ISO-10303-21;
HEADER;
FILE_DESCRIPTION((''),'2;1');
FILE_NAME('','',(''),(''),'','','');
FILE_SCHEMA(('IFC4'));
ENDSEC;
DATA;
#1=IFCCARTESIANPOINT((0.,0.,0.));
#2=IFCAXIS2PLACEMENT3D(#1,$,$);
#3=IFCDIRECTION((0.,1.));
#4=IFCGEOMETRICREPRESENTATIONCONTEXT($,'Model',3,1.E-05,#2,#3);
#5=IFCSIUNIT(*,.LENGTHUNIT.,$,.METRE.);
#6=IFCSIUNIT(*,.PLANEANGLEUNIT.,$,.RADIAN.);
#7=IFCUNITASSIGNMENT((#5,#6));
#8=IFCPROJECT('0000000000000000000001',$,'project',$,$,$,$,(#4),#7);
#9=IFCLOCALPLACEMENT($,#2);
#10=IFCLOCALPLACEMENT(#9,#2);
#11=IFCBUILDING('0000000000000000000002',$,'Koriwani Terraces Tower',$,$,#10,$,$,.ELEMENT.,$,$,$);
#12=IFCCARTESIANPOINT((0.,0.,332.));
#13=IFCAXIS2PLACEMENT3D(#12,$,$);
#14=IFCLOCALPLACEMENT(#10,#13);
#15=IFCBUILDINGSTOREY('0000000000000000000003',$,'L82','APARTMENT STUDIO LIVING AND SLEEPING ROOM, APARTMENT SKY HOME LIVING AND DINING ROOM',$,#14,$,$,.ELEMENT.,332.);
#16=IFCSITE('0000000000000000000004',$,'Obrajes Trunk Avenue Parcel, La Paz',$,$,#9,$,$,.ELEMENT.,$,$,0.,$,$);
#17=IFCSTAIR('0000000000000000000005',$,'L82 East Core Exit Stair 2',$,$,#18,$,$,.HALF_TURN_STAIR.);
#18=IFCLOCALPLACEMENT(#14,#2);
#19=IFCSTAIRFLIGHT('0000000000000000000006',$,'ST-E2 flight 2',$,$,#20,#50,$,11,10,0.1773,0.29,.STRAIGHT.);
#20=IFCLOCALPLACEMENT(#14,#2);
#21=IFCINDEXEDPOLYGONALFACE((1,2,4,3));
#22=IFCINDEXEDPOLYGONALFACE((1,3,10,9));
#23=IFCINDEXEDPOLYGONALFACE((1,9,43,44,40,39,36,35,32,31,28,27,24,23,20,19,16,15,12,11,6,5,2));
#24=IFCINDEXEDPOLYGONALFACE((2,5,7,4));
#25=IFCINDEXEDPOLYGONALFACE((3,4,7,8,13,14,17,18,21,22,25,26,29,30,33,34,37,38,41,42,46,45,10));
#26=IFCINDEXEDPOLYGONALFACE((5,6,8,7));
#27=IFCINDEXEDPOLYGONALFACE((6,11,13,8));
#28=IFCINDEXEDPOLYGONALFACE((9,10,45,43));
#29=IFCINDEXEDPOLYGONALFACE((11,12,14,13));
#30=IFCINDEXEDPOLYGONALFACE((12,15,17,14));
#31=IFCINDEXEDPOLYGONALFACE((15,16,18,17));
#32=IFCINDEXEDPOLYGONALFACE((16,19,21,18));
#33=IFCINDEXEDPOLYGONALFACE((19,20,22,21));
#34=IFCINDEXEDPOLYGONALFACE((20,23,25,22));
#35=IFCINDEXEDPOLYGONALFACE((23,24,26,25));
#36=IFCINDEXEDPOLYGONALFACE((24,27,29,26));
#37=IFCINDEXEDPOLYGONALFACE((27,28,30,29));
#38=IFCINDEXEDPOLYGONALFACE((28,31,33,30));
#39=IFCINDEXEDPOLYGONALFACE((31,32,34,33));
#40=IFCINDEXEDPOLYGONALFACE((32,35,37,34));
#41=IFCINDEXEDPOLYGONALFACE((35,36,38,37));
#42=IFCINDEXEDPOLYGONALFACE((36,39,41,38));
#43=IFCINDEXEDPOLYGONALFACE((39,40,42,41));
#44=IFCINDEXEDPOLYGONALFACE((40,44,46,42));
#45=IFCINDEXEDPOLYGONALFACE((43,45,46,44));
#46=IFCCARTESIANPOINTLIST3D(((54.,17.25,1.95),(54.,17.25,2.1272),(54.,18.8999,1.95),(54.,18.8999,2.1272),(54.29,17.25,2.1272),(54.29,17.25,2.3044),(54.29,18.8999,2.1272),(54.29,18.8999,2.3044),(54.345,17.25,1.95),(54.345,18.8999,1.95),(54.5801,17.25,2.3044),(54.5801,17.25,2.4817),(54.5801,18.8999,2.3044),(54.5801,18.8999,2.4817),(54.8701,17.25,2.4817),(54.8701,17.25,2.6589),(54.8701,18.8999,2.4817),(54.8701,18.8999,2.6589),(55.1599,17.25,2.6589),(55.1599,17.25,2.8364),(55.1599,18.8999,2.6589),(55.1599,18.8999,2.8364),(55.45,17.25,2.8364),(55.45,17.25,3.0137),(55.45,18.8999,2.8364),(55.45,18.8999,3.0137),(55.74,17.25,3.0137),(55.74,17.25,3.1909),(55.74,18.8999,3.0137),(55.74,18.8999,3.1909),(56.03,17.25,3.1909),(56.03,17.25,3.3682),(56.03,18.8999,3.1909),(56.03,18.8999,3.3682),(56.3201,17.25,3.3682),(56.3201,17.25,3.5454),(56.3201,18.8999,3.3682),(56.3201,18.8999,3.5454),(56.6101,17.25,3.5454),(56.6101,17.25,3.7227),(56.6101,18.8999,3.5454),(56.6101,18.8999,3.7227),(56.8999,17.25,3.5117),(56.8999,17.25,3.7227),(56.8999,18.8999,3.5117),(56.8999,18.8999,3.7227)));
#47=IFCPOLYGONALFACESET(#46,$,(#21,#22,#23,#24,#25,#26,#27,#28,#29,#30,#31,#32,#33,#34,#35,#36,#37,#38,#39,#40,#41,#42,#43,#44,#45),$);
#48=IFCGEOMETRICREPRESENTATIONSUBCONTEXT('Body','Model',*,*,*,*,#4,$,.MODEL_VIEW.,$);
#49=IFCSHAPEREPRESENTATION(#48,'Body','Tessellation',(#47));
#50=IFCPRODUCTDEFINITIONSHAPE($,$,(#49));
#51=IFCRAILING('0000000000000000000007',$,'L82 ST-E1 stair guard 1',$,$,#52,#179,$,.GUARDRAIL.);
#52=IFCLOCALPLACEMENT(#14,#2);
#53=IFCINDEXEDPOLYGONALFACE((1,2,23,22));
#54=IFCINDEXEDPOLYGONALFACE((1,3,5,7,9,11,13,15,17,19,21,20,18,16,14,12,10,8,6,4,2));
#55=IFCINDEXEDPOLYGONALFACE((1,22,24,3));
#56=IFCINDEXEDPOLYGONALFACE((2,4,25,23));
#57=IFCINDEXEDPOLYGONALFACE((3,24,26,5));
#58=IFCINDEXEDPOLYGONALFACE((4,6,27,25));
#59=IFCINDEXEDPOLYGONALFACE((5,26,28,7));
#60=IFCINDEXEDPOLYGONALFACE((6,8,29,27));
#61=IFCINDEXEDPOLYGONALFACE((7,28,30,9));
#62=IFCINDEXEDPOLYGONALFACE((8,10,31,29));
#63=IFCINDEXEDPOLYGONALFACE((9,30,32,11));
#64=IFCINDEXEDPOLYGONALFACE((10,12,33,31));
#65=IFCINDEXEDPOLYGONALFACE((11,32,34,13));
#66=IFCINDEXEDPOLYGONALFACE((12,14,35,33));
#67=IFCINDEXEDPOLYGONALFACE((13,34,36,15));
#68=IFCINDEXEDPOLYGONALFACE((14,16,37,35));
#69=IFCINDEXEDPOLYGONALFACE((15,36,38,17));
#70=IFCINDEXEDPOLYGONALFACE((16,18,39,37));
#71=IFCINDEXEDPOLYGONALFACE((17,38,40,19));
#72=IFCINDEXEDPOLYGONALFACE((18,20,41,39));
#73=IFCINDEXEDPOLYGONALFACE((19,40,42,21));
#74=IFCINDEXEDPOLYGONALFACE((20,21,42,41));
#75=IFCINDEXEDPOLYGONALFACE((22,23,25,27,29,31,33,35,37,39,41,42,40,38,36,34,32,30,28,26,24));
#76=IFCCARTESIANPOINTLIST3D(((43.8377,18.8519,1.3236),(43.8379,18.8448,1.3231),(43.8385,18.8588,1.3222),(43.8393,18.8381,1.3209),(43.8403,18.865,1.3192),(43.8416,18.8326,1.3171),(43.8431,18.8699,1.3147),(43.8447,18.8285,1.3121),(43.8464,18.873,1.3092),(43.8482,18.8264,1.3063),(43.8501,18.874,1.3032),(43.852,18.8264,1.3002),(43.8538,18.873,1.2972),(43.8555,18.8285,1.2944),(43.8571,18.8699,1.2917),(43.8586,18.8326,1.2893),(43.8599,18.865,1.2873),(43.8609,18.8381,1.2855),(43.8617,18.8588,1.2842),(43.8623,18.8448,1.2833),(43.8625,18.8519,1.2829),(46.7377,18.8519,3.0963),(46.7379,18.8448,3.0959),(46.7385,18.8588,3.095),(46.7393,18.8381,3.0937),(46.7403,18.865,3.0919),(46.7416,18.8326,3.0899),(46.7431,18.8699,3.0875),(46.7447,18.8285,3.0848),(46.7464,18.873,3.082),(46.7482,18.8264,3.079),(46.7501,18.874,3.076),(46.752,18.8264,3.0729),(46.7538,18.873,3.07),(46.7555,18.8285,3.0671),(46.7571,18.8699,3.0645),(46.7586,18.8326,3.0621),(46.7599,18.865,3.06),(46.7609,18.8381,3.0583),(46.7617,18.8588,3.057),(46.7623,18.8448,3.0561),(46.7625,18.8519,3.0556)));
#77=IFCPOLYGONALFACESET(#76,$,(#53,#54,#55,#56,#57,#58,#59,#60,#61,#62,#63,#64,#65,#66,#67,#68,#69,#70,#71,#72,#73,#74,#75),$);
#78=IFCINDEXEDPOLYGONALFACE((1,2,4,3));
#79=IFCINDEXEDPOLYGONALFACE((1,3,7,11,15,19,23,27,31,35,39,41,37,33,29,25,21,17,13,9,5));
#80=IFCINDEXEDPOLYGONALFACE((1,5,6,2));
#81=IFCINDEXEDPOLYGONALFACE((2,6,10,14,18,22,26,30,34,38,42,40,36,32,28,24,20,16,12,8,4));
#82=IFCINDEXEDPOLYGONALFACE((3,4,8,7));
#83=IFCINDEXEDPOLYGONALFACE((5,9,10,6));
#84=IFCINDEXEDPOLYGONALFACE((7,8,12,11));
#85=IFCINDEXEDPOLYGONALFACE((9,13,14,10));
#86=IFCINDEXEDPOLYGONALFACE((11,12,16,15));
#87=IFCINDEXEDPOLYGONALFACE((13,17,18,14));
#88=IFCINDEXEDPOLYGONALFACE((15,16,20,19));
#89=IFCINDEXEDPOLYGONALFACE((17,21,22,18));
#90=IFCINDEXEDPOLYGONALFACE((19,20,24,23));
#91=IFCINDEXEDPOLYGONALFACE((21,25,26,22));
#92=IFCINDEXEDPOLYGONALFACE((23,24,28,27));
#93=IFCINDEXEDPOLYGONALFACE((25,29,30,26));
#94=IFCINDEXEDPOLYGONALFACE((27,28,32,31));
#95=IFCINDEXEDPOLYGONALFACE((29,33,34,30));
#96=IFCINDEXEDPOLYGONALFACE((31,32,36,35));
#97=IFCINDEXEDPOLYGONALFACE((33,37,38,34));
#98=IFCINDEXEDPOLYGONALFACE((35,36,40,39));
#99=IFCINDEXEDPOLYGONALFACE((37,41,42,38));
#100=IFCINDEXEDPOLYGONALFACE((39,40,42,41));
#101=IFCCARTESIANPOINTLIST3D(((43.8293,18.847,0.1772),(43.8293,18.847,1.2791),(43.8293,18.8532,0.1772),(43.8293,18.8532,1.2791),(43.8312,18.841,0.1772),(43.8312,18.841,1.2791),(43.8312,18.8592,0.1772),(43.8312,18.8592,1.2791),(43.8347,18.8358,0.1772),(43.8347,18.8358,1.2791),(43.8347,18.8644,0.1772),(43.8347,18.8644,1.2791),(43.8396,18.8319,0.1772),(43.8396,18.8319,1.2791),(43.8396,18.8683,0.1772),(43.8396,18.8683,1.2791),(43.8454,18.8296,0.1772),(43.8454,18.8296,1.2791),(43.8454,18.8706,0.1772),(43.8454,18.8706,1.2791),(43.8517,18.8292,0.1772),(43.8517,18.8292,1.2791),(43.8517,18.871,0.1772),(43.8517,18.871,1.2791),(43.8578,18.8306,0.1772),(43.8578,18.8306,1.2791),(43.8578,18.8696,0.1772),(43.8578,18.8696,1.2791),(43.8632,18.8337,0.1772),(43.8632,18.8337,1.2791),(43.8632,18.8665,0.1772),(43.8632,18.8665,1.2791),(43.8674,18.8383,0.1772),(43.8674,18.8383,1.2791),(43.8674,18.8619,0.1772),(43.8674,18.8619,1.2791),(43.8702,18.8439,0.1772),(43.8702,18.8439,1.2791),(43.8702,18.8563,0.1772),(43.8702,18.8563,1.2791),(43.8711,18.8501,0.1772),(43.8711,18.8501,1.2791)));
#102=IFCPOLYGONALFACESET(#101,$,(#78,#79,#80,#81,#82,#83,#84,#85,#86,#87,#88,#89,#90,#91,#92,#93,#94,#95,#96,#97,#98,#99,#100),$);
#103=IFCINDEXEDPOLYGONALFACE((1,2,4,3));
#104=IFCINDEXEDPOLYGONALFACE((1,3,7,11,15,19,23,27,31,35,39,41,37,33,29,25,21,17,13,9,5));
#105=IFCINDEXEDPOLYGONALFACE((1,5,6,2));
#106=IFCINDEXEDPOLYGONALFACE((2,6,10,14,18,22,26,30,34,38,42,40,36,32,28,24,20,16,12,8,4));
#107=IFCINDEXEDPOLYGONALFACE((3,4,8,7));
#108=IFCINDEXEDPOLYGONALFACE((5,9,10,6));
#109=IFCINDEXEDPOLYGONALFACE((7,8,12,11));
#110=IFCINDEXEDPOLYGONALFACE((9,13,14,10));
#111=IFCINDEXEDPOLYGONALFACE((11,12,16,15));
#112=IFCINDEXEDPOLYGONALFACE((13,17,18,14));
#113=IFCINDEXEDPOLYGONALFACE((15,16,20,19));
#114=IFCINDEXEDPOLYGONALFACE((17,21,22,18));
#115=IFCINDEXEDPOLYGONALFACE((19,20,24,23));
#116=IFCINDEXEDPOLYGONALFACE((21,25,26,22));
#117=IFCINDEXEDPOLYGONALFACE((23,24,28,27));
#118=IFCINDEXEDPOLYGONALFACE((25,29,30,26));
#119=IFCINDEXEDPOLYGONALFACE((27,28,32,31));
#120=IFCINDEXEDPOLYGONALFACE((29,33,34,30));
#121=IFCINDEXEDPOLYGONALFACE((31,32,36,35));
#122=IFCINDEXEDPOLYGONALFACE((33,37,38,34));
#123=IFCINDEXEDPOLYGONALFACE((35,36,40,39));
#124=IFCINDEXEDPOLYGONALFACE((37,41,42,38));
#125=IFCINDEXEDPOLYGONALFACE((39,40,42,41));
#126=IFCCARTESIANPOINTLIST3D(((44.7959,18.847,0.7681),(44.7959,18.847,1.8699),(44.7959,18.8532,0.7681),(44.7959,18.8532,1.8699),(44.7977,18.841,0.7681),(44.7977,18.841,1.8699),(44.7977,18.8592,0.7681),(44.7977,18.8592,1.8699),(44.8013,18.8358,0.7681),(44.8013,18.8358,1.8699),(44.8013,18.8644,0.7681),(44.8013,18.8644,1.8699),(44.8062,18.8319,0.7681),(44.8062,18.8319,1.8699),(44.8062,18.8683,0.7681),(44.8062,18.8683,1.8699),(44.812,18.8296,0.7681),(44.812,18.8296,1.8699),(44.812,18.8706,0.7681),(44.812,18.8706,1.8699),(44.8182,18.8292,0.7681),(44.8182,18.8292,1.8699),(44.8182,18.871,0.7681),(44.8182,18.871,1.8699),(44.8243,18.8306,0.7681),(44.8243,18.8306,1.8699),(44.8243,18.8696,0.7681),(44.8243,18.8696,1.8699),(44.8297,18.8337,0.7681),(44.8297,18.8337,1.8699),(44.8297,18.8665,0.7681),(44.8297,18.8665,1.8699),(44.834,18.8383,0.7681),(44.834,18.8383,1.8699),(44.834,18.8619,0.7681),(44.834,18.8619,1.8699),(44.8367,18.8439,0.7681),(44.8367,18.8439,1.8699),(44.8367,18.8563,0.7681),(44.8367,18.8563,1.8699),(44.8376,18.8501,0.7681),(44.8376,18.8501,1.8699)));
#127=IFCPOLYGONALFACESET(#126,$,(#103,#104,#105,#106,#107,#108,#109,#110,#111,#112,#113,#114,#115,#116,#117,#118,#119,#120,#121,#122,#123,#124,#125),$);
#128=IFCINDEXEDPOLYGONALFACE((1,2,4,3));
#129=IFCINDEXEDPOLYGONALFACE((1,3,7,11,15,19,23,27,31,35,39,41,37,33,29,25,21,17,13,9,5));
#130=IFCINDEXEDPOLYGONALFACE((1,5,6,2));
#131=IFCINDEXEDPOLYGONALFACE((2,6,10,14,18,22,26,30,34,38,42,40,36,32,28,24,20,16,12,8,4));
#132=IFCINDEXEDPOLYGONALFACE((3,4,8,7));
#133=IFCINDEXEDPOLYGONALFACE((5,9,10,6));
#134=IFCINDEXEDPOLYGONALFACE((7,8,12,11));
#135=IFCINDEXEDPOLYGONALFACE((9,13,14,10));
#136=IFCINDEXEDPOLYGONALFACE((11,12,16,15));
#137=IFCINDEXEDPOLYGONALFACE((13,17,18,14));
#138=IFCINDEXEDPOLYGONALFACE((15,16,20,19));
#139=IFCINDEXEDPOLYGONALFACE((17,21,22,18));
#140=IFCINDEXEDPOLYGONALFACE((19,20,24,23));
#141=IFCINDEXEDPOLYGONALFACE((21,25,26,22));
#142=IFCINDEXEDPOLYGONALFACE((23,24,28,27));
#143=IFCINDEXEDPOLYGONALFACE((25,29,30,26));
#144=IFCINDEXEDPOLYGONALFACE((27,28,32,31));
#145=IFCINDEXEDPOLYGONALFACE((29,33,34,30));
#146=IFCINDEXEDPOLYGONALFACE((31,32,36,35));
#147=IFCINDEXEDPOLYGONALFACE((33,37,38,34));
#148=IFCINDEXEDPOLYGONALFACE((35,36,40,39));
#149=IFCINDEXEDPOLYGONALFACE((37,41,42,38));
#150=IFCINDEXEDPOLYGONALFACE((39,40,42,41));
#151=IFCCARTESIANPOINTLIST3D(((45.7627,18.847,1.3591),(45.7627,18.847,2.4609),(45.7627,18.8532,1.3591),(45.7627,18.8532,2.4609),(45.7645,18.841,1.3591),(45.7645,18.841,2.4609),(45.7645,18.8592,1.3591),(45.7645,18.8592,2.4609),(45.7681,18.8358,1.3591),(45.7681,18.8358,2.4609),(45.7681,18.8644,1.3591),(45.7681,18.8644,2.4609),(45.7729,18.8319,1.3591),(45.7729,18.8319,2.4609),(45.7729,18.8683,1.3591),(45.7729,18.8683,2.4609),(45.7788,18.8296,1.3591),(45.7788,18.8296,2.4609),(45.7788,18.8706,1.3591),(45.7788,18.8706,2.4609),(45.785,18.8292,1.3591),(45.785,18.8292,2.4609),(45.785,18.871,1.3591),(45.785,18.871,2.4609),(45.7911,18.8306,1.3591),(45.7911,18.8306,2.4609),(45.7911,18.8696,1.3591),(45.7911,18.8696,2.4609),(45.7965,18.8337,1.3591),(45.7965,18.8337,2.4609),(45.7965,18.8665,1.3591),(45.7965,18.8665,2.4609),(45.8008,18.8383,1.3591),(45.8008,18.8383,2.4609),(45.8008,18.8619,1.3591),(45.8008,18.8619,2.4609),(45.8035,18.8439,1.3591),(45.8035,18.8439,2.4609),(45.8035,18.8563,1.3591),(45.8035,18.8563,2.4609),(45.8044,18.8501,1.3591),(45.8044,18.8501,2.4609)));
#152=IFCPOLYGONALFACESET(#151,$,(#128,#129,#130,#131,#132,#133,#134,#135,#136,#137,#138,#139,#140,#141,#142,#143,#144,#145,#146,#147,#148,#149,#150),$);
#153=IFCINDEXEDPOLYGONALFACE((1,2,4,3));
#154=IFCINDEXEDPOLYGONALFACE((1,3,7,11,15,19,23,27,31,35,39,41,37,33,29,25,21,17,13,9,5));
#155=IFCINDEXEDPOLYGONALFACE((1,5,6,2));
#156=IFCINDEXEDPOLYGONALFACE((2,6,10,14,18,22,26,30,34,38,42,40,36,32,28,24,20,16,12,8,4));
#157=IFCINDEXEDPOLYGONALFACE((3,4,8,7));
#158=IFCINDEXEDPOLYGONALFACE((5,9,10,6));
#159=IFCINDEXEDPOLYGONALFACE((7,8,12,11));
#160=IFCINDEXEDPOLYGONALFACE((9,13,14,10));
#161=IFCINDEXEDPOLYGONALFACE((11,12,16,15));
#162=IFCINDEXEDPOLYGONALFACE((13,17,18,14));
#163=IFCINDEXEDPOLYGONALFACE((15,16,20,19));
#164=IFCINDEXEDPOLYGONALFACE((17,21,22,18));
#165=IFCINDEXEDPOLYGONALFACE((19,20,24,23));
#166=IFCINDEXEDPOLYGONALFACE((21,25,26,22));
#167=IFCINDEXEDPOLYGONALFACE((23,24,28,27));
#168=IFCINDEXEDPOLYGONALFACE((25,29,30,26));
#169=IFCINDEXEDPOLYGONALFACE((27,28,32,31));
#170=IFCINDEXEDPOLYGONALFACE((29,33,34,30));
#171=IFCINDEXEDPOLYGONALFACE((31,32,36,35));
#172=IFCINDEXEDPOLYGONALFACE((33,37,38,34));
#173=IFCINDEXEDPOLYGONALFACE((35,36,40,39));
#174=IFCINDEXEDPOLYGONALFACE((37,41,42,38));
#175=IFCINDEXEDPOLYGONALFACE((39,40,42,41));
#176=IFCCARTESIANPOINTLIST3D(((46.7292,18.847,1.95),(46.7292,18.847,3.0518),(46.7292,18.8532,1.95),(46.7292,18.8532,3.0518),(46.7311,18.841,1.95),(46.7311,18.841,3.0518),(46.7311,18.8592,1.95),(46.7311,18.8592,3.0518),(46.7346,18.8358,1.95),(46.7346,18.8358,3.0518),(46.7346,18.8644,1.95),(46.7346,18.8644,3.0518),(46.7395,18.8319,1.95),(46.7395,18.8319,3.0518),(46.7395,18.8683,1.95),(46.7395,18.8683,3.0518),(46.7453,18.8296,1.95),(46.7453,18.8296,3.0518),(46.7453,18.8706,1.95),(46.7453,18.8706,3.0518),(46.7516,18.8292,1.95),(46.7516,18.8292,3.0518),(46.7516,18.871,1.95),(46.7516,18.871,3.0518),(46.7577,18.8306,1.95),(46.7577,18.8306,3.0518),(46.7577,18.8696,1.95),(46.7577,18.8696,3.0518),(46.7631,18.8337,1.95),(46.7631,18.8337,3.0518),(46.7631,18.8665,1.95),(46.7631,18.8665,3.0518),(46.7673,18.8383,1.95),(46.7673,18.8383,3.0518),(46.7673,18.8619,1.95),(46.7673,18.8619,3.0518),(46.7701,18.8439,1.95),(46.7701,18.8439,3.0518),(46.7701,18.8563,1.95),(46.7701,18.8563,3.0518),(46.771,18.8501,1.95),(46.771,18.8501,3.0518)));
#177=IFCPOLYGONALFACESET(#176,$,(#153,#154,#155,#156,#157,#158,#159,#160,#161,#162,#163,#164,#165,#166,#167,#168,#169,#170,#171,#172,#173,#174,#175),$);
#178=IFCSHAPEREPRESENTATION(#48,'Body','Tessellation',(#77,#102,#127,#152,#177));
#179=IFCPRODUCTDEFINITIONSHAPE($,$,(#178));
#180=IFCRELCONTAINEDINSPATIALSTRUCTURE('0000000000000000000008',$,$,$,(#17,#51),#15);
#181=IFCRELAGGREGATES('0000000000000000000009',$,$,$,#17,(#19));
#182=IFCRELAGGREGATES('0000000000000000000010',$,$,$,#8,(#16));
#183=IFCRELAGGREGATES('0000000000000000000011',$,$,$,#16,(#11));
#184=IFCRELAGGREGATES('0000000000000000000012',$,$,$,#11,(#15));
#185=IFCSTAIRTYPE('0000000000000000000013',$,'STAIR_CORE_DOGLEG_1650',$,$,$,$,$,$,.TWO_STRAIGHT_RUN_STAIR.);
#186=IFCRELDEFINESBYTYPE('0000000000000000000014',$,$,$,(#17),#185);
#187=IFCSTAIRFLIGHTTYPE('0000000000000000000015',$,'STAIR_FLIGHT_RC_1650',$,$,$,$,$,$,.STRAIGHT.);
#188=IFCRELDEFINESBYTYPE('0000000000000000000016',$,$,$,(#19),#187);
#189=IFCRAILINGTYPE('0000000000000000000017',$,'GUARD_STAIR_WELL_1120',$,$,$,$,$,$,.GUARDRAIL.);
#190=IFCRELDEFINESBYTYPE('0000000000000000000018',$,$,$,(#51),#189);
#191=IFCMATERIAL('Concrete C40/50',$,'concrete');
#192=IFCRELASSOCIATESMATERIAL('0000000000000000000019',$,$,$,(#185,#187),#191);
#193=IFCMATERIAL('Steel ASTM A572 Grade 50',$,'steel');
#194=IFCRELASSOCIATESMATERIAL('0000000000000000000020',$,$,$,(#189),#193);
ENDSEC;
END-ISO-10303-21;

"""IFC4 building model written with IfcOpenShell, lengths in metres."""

from ifc_helpers import new_model, si_unit, direction, frame, origin, origin_2d, place, context, subcontext, project, spatial, polyline, circle, outline, extrude, material, type_object, element, aggregate, save


model = new_model("IFC4")

# Units and contexts
model_context = context("Model", 3, precision=1e-05, world=origin(), true_north=direction((0.0, 1.0)))
body_context = subcontext(model_context, "Body", "Model", "MODEL_VIEW")
ifc_project = project(units=[si_unit("LENGTHUNIT", "METRE"), si_unit("PLANEANGLEUNIT", "RADIAN")], contexts=[model_context])

# Site, building, storey
site_placement = place(None, origin())
site = spatial("IfcSite", under=ifc_project, at=site_placement, Name="Obrajes Trunk Avenue Parcel, La Paz", CompositionType="ELEMENT", RefElevation=0.0)
building_placement = place(site_placement, origin())
building = spatial("IfcBuilding", under=site, at=building_placement, Name="Koriwani Terraces Tower", CompositionType="ELEMENT")
storey_placement = place(building_placement, frame((0.0, 0.0, 332.0)))
storey = spatial("IfcBuildingStorey", under=building, at=storey_placement, Name="L82", Description="APARTMENT STUDIO LIVING AND SLEEPING ROOM, APARTMENT SKY HOME LIVING AND DINING ROOM", CompositionType="ELEMENT", Elevation=332.0)

# Shared definitions
ifc_material_1 = material(Name="Steel ASTM A572 Grade 50", Category="steel")

# Stair, stair flight
ifc_material_2 = material(Name="Concrete C40/50", Category="concrete")
stair_type = type_object("IfcStairType", Name="STAIR_CORE_DOGLEG_1650", PredefinedType="TWO_STRAIGHT_RUN_STAIR", material=ifc_material_2)
stair_flight_type = type_object("IfcStairFlightType", Name="STAIR_FLIGHT_RC_1650", PredefinedType="STRAIGHT", material=ifc_material_2)
stair_1_placement = place(storey_placement, origin())
stair_1 = element("IfcStair", 1, at=stair_1_placement, inside=storey, type_object=stair_type, Name="L82 East Core Exit Stair 2", PredefinedType="HALF_TURN_STAIR")
stair_flight_1_placement = place(storey_placement, frame((54.0, 18.075, 1.95), z_axis=(0.0, 0.0, 1.0), x_axis=(1.0, 0.0, 0.0)))
stair_flight_1 = element("IfcStairFlight", 2, at=stair_flight_1_placement, type_object=stair_flight_type, Name="ST-E2 flight 2", NumberOfRisers=11, NumberOfTreads=10, PredefinedType="STRAIGHT", RiserHeight=0.1773, TreadLength=0.29, context=body_context, shape_type="SweptSolid", body=[
    extrude(outline(polyline([(0.0, 0.0), (0.0, 0.1772), (0.29, 0.1772), (0.29, 0.3545), (0.5801, 0.3545), (0.5801, 0.5317), (0.8701, 0.5317), (0.8701, 0.709), (1.1599, 0.709), (1.1599, 0.8865), (1.45, 0.8865), (1.45, 1.0637), (1.74, 1.0637), (1.74, 1.241), (2.03, 1.241), (2.03, 1.4182), (2.3201, 1.4182), (2.3201, 1.5955), (2.6101, 1.5955), (2.6101, 1.7727), (2.8999, 1.7727), (2.8999, 1.95), (2.8999, 1.5618), (0.345, 0.0), (0.0, 0.0)])), frame((0.0, 0.825, 0.0), z_axis=(0.0, -1.0, 0.0), x_axis=(1.0, 0.0, 0.0)), (0.0, 0.0, 1.0), 1.6499),
])
aggregate(stair_1, [stair_flight_1])

# Railing
railing_type_1 = type_object("IfcRailingType", Name="GUARD_STAIR_WELL_1120", PredefinedType="GUARDRAIL", material=ifc_material_1)
railing_1_placement = place(storey_placement, frame((43.8501, 18.8501, 0.1772)))
element("IfcRailing", 3, at=railing_1_placement, inside=storey, type_object=railing_type_1, Name="L82 ST-E1 stair guard 1", PredefinedType="GUARDRAIL", context=body_context, shape_type="SweptSolid", body=[
    extrude(circle(Radius=0.0239, at=origin_2d()), frame((0.0, 0.0, 1.126), z_axis=(0.853211, 0.0, 0.521566), x_axis=(0.0, 1.0, 0.0)), (0.0, 0.0, 1.0), 3.3989),
    extrude(circle(Radius=0.021, at=origin_2d()), origin(), (0.0, 0.0, 1.0), 1.1018),
    extrude(circle(Radius=0.021, at=origin_2d()), frame((0.9666, 0.0, 0.5908)), (0.0, 0.0, 1.0), 1.1018),
    extrude(circle(Radius=0.021, at=origin_2d()), frame((1.9333, 0.0, 1.1819)), (0.0, 0.0, 1.0), 1.1018),
    extrude(circle(Radius=0.021, at=origin_2d()), frame((2.8999, 0.0, 1.7727)), (0.0, 0.0, 1.0), 1.1018),
])

save(model, "model.ifc")
